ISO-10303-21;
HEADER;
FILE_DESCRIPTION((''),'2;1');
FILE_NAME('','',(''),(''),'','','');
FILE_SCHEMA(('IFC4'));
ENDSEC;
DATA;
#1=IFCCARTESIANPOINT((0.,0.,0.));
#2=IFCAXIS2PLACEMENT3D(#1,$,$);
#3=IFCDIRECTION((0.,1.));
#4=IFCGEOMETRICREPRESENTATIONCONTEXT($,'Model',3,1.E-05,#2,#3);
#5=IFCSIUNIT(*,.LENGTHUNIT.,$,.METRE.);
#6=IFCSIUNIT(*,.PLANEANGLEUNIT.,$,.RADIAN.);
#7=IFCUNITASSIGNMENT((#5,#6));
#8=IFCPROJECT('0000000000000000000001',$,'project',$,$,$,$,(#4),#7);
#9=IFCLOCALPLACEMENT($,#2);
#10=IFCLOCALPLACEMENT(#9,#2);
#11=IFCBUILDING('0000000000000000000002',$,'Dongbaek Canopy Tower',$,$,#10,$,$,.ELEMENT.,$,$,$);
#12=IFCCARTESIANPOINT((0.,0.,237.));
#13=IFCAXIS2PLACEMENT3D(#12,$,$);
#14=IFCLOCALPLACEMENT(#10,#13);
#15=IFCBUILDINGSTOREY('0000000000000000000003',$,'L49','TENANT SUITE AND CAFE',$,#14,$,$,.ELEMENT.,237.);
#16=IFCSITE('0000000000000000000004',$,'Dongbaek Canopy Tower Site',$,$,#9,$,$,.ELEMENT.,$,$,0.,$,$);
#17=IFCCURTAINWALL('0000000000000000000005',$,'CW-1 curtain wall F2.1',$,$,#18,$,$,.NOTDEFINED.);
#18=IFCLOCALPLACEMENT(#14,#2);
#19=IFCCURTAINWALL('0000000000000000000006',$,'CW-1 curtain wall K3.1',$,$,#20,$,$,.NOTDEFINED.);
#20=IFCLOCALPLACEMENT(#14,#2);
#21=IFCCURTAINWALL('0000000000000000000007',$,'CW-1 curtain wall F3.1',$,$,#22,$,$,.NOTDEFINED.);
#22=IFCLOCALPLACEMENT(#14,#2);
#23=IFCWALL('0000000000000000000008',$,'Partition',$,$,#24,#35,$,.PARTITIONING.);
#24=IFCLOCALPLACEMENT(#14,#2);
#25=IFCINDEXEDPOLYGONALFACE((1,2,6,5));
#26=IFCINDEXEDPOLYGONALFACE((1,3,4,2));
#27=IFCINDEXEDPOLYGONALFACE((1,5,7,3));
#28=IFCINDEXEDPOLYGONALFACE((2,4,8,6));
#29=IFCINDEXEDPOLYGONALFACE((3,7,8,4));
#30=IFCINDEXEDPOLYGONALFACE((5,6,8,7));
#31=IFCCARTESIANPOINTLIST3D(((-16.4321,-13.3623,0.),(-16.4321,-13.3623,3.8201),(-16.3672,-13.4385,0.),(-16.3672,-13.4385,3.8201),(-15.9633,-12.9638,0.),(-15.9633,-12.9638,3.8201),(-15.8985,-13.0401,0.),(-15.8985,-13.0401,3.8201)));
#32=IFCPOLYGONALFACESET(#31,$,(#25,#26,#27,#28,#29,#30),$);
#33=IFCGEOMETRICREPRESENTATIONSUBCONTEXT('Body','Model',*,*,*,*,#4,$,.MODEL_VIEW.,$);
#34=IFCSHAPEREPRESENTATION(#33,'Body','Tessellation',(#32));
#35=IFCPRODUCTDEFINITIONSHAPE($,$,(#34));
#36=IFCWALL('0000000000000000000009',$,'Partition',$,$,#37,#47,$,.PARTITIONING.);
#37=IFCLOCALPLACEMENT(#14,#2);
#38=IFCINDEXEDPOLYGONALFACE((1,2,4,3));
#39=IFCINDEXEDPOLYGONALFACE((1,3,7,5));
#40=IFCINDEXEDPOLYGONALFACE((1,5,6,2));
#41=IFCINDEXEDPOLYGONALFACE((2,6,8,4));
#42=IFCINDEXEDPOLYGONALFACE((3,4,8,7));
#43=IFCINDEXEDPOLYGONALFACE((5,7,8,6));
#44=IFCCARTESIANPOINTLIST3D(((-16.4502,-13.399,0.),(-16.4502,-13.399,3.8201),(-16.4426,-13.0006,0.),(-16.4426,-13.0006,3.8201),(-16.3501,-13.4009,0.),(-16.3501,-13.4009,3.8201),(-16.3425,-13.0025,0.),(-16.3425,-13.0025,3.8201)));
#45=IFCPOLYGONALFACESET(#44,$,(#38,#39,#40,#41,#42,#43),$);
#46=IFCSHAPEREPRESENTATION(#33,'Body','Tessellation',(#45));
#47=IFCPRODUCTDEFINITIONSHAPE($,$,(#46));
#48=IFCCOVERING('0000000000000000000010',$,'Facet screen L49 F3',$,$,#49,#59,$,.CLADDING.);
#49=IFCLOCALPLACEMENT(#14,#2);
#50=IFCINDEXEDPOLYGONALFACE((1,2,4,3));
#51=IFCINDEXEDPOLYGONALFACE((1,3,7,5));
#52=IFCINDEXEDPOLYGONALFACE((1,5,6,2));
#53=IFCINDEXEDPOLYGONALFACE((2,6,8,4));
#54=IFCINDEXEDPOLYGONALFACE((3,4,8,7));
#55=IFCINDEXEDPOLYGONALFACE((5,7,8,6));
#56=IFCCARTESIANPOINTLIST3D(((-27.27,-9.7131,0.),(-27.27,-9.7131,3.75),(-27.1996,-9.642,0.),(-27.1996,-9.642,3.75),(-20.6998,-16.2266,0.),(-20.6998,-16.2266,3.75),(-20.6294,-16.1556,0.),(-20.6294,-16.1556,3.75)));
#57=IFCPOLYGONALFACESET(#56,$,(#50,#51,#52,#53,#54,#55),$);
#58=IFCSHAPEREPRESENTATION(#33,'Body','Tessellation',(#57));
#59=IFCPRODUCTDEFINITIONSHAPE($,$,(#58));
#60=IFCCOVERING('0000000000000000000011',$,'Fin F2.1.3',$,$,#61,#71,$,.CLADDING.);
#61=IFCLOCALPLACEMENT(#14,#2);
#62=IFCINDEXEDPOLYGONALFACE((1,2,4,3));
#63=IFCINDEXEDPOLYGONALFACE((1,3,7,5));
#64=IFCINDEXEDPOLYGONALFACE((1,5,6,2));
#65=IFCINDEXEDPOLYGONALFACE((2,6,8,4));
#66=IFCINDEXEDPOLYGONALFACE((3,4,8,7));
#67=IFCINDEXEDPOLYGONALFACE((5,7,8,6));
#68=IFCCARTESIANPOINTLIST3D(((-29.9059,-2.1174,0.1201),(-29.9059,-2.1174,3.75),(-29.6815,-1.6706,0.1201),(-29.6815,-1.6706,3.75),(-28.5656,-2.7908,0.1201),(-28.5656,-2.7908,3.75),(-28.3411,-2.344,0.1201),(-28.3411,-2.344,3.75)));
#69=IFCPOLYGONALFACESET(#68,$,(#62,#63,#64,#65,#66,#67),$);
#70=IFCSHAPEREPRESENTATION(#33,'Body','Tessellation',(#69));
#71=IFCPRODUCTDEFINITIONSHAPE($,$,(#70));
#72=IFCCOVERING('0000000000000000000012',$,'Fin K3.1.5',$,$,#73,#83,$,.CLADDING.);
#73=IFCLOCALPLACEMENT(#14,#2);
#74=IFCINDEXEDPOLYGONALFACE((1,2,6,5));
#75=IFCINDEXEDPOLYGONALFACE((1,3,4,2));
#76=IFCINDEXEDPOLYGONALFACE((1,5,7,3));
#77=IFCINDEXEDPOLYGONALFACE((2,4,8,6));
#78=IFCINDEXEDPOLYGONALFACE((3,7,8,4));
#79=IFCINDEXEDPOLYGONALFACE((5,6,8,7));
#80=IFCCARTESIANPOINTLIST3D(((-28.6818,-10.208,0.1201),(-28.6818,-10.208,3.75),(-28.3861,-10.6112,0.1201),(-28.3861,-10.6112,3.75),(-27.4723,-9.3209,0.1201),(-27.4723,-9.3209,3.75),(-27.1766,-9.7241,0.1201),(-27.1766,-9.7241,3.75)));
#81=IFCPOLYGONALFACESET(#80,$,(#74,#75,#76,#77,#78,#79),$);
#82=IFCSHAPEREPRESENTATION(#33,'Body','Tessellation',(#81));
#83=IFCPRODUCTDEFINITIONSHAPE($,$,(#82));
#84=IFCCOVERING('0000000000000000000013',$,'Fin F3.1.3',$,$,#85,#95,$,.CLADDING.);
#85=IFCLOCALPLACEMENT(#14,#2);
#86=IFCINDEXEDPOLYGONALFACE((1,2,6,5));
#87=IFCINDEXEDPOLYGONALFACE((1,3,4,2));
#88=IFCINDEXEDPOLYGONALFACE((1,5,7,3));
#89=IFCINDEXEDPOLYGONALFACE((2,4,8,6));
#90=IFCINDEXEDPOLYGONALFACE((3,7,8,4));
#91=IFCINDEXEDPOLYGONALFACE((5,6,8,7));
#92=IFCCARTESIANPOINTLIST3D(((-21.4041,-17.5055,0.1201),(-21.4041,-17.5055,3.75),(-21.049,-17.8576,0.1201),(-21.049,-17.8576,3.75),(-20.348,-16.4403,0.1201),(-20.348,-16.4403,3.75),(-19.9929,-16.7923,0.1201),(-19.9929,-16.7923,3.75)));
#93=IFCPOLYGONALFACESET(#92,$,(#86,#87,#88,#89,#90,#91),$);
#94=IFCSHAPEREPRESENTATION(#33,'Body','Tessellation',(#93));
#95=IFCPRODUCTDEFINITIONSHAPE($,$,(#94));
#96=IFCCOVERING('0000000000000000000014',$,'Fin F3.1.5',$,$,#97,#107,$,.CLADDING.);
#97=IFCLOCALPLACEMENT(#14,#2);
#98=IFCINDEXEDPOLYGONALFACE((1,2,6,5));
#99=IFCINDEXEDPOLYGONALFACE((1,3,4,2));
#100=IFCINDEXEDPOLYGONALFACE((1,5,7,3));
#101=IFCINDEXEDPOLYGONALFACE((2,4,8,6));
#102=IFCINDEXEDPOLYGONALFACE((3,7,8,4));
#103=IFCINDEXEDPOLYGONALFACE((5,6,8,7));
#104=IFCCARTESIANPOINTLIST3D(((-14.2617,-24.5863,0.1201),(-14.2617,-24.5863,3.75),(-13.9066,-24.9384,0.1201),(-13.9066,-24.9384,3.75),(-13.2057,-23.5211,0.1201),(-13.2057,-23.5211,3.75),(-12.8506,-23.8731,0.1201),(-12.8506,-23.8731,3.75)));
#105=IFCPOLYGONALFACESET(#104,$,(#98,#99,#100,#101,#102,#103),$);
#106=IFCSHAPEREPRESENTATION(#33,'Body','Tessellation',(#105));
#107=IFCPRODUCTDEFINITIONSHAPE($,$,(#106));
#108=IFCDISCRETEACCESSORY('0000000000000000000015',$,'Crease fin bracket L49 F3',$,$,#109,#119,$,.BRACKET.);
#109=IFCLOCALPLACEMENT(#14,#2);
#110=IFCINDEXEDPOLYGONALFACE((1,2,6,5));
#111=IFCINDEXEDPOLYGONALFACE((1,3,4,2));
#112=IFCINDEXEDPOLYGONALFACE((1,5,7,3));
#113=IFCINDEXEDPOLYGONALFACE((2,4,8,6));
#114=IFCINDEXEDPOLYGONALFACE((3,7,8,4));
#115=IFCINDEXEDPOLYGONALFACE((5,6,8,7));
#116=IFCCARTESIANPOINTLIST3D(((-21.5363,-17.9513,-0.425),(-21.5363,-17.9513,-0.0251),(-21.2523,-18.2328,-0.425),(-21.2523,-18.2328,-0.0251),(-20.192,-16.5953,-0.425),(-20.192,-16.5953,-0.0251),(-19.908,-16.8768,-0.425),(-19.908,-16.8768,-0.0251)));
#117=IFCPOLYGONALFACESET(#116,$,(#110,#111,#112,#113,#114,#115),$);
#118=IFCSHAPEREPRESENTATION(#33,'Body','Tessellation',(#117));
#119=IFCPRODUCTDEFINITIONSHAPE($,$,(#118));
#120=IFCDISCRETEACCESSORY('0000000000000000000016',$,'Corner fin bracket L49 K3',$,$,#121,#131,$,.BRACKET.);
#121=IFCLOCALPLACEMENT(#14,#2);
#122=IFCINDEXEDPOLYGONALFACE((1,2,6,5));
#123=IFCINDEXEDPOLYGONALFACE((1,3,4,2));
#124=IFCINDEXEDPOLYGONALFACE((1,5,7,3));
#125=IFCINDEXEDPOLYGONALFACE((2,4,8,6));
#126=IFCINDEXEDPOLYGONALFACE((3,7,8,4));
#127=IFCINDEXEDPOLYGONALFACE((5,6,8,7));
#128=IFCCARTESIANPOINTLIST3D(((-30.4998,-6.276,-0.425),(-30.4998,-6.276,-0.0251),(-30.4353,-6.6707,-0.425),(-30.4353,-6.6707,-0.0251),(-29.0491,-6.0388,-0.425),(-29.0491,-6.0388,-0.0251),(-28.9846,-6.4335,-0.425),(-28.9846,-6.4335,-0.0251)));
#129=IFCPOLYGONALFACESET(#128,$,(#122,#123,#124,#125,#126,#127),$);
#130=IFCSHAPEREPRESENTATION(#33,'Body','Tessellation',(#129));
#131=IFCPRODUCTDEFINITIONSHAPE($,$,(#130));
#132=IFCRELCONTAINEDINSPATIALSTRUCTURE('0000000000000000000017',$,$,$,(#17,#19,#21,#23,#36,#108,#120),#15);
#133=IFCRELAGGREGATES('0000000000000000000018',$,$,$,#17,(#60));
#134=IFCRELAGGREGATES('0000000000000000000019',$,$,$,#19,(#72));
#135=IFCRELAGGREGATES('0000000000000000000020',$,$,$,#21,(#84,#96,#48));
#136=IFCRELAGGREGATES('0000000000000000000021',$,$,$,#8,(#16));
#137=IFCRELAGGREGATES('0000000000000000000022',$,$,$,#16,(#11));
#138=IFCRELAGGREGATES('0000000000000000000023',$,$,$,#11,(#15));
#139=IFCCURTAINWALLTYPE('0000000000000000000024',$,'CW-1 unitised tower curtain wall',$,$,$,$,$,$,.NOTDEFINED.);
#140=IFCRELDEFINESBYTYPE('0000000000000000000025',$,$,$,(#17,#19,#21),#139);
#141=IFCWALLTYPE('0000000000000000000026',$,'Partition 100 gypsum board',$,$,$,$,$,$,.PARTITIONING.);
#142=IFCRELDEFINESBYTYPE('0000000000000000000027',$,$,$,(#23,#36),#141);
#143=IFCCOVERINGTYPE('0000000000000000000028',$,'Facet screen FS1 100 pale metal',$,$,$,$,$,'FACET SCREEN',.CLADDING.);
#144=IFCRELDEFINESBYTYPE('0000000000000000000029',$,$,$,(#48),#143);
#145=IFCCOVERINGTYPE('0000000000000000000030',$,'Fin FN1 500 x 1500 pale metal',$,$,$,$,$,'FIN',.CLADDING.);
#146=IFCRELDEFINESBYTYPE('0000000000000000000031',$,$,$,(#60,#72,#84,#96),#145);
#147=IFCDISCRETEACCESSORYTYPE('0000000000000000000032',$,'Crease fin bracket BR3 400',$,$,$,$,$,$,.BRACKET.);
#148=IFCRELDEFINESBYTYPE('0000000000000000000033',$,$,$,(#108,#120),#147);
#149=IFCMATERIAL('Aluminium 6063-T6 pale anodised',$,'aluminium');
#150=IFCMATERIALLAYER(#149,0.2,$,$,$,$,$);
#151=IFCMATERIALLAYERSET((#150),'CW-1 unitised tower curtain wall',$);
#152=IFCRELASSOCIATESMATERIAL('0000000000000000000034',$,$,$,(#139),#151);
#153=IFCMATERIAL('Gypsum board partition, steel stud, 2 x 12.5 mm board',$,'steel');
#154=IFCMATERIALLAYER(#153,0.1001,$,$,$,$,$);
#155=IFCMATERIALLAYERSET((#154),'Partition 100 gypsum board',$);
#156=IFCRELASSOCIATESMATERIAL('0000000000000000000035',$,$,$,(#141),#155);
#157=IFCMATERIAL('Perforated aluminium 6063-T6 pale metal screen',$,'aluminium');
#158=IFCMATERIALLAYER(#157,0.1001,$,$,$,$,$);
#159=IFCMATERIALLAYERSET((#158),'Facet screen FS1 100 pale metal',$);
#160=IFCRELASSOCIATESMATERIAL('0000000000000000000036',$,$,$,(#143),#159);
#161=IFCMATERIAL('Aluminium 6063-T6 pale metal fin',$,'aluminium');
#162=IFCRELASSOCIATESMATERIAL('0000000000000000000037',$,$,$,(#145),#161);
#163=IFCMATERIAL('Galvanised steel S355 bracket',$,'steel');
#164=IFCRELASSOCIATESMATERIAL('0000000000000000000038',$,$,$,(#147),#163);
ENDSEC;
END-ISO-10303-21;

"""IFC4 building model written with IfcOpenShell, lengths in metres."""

from ifc_helpers import new_model, si_unit, direction, frame, frame_2d, origin, origin_2d, place, context, subcontext, project, spatial, rectangle, extrude, material, layer, layer_set, material_profile, profile_set, type_object, element, aggregate, save


model = new_model("IFC4")

# Units and contexts
model_context = context("Model", 3, precision=1e-05, world=origin(), true_north=direction((0.0, 1.0)))
body_context = subcontext(model_context, "Body", "Model", "MODEL_VIEW")
ifc_project = project(units=[si_unit("LENGTHUNIT", "METRE"), si_unit("PLANEANGLEUNIT", "RADIAN")], contexts=[model_context])

# Site, building, storey
site_placement = place(None, origin())
site = spatial("IfcSite", under=ifc_project, at=site_placement, Name="Dongbaek Canopy Tower Site", CompositionType="ELEMENT", RefElevation=0.0)
building_placement = place(site_placement, origin())
building = spatial("IfcBuilding", under=site, at=building_placement, Name="Dongbaek Canopy Tower", CompositionType="ELEMENT")
storey_placement = place(building_placement, frame((0.0, 0.0, 237.0)))
storey = spatial("IfcBuildingStorey", under=building, at=storey_placement, Name="L49", Description="TENANT SUITE AND CAFE", CompositionType="ELEMENT", Elevation=237.0)

# Curtain wall
ifc_material_1 = material(Name="Aluminium 6063-T6 pale anodised", Category="aluminium")
ifc_layer_1 = layer(ifc_material_1, 0.2)
ifc_layer_set_1 = layer_set([ifc_layer_1], Name="CW-1 unitised tower curtain wall")
curtain_wall_type = type_object("IfcCurtainWallType", Name="CW-1 unitised tower curtain wall", PredefinedType="NOTDEFINED", material=ifc_layer_set_1)
curtain_wall_1_placement = place(storey_placement, origin())
curtain_wall_1 = element("IfcCurtainWall", 1, at=curtain_wall_1_placement, inside=storey, type_object=curtain_wall_type, Name="CW-1 curtain wall F2.1", PredefinedType="NOTDEFINED")

# Curtain walls
curtain_wall_2_placement = place(storey_placement, origin())
curtain_wall_2 = element("IfcCurtainWall", 2, at=curtain_wall_2_placement, inside=storey, type_object=curtain_wall_type, Name="CW-1 curtain wall K3.1", PredefinedType="NOTDEFINED")
curtain_wall_3_placement = place(storey_placement, origin())
curtain_wall_3 = element("IfcCurtainWall", 3, at=curtain_wall_3_placement, inside=storey, type_object=curtain_wall_type, Name="CW-1 curtain wall F3.1", PredefinedType="NOTDEFINED")

# Walls
ifc_material_2 = material(Name="Gypsum board partition, steel stud, 2 x 12.5 mm board", Category="steel")
ifc_layer_2 = layer(ifc_material_2, 0.1001)
ifc_layer_set_2 = layer_set([ifc_layer_2], Name="Partition 100 gypsum board")
wall_type_1 = type_object("IfcWallType", Name="Partition 100 gypsum board", PredefinedType="PARTITIONING", material=ifc_layer_set_2)
wall_1_placement = place(storey_placement, frame((-16.3997, -13.4004, 0.0), z_axis=(0.0, 0.0, 1.0), x_axis=(0.761939, 0.647648, 0.0)))
element("IfcWall", 4, at=wall_1_placement, inside=storey, type_object=wall_type_1, Name="Partition", PredefinedType="PARTITIONING", context=body_context, shape_type="SweptSolid", body=[
    extrude(rectangle(XDim=0.6152, YDim=0.1001, at=frame_2d((0.3076, 0.0))), origin(), (0.0, 0.0, 1.0), 3.8201),
])
wall_2_placement = place(storey_placement, frame((-16.4001, -13.3999, 0.0), z_axis=(0.0, 0.0, 1.0), x_axis=(0.018992, 0.99982, 0.0)))
element("IfcWall", 5, at=wall_2_placement, inside=storey, type_object=wall_type_1, Name="Partition", PredefinedType="PARTITIONING", context=body_context, shape_type="SweptSolid", body=[
    extrude(rectangle(XDim=0.3984, YDim=0.1001, at=frame_2d((0.1992, 0.0))), origin(), (0.0, 0.0, 1.0), 3.8201),
])

# Coverings
ifc_material_3 = material(Name="Perforated aluminium 6063-T6 pale metal screen", Category="aluminium")
ifc_layer_3 = layer(ifc_material_3, 0.1001)
ifc_layer_set_3 = layer_set([ifc_layer_3], Name="Facet screen FS1 100 pale metal")
covering_type_1 = type_object("IfcCoveringType", Name="Facet screen FS1 100 pale metal", ElementType="FACET SCREEN", PredefinedType="CLADDING", material=ifc_layer_set_3)
covering_1_placement = place(storey_placement, frame((-23.9497, -12.9343, 0.0), z_axis=(0.0, 0.0, 1.0), x_axis=(0.710162, -0.704038, 0.0)))
covering_1 = element("IfcCovering", 6, at=covering_1_placement, type_object=covering_type_1, Name="Facet screen L49 F3", PredefinedType="CLADDING", context=body_context, shape_type="SweptSolid", body=[
    extrude(rectangle(XDim=9.2517, YDim=0.1001, at=origin_2d()), origin(), (0.0, 0.0, 1.0), 3.75),
])
ifc_material_4 = material(Name="Aluminium 6063-T6 pale metal fin", Category="aluminium")
ifc_material_profile_1 = material_profile(ifc_material_4, rectangle(XDim=1.5, YDim=0.5, at=origin_2d()), Name="Fin FN1 500 x 1500 pale metal")
ifc_profile_set_1 = profile_set([ifc_material_profile_1], Name="Aluminium 6063-T6 pale metal fin")
covering_type_2 = type_object("IfcCoveringType", Name="Fin FN1 500 x 1500 pale metal", ElementType="FIN", PredefinedType="CLADDING", material=ifc_profile_set_1)
covering_2_placement = place(storey_placement, frame((-29.1235, -2.2307, 0.1201), z_axis=(0.0, 0.0, 1.0), x_axis=(-0.893577, 0.448909, 0.0)))
covering_2 = element("IfcCovering", 7, at=covering_2_placement, type_object=covering_type_2, Name="Fin F2.1.3", PredefinedType="CLADDING", context=body_context, shape_type="SweptSolid", body=[
    extrude(rectangle(XDim=1.5, YDim=0.5, at=origin_2d()), origin(), (0.0, 0.0, 1.0), 3.6299),
])
aggregate(curtain_wall_1, [covering_2])
covering_3_placement = place(storey_placement, frame((-27.9292, -9.9661, 0.1201), z_axis=(0.0, 0.0, 1.0), x_axis=(-0.806363, -0.591421, 0.0)))
covering_3 = element("IfcCovering", 8, at=covering_3_placement, type_object=covering_type_2, Name="Fin K3.1.5", PredefinedType="CLADDING", context=body_context, shape_type="SweptSolid", body=[
    extrude(rectangle(XDim=1.5, YDim=0.5, at=origin_2d()), origin(), (0.0, 0.0, 1.0), 3.6299),
])
aggregate(curtain_wall_2, [covering_3])
covering_4_placement = place(storey_placement, frame((-20.6985, -17.1489, 0.1201), z_axis=(0.0, 0.0, 1.0), x_axis=(-0.704038, -0.710162, 0.0)))
covering_4 = element("IfcCovering", 9, at=covering_4_placement, type_object=covering_type_2, Name="Fin F3.1.3", PredefinedType="CLADDING", context=body_context, shape_type="SweptSolid", body=[
    extrude(rectangle(XDim=1.5, YDim=0.5, at=origin_2d()), origin(), (0.0, 0.0, 1.0), 3.6299),
])
covering_5_placement = place(storey_placement, frame((-13.5562, -24.2297, 0.1201), z_axis=(0.0, 0.0, 1.0), x_axis=(-0.704038, -0.710162, 0.0)))
covering_5 = element("IfcCovering", 10, at=covering_5_placement, type_object=covering_type_2, Name="Fin F3.1.5", PredefinedType="CLADDING", context=body_context, shape_type="SweptSolid", body=[
    extrude(rectangle(XDim=1.5, YDim=0.5, at=origin_2d()), origin(), (0.0, 0.0, 1.0), 3.6299),
])
aggregate(curtain_wall_3, [covering_4, covering_5, covering_1])

# Discrete accessories
ifc_material_5 = material(Name="Galvanised steel S355 bracket", Category="steel")
discrete_accessory_type = type_object("IfcDiscreteAccessoryType", Name="Crease fin bracket BR3 400", PredefinedType="BRACKET", material=ifc_material_5)
discrete_accessory_1_placement = place(storey_placement, frame((-20.7222, -17.4141, -0.425), z_axis=(0.0, 0.0, 1.0), x_axis=(-0.704038, -0.710162, 0.0)))
element("IfcDiscreteAccessory", 11, at=discrete_accessory_1_placement, inside=storey, type_object=discrete_accessory_type, Name="Crease fin bracket L49 F3", PredefinedType="BRACKET", context=body_context, shape_type="SweptSolid", body=[
    extrude(rectangle(XDim=1.9094, YDim=0.3999, at=origin_2d()), origin(), (0.0, 0.0, 1.0), 0.3999),
])
discrete_accessory_2_placement = place(storey_placement, frame((-29.7422, -6.3547, -0.425), z_axis=(0.0, 0.0, 1.0), x_axis=(-0.986892, -0.161383, 0.0)))
element("IfcDiscreteAccessory", 12, at=discrete_accessory_2_placement, inside=storey, type_object=discrete_accessory_type, Name="Corner fin bracket L49 K3", PredefinedType="BRACKET", context=body_context, shape_type="SweptSolid", body=[
    extrude(rectangle(XDim=1.47, YDim=0.3999, at=origin_2d()), origin(), (0.0, 0.0, 1.0), 0.3999),
])

save(model, "model.ifc")
